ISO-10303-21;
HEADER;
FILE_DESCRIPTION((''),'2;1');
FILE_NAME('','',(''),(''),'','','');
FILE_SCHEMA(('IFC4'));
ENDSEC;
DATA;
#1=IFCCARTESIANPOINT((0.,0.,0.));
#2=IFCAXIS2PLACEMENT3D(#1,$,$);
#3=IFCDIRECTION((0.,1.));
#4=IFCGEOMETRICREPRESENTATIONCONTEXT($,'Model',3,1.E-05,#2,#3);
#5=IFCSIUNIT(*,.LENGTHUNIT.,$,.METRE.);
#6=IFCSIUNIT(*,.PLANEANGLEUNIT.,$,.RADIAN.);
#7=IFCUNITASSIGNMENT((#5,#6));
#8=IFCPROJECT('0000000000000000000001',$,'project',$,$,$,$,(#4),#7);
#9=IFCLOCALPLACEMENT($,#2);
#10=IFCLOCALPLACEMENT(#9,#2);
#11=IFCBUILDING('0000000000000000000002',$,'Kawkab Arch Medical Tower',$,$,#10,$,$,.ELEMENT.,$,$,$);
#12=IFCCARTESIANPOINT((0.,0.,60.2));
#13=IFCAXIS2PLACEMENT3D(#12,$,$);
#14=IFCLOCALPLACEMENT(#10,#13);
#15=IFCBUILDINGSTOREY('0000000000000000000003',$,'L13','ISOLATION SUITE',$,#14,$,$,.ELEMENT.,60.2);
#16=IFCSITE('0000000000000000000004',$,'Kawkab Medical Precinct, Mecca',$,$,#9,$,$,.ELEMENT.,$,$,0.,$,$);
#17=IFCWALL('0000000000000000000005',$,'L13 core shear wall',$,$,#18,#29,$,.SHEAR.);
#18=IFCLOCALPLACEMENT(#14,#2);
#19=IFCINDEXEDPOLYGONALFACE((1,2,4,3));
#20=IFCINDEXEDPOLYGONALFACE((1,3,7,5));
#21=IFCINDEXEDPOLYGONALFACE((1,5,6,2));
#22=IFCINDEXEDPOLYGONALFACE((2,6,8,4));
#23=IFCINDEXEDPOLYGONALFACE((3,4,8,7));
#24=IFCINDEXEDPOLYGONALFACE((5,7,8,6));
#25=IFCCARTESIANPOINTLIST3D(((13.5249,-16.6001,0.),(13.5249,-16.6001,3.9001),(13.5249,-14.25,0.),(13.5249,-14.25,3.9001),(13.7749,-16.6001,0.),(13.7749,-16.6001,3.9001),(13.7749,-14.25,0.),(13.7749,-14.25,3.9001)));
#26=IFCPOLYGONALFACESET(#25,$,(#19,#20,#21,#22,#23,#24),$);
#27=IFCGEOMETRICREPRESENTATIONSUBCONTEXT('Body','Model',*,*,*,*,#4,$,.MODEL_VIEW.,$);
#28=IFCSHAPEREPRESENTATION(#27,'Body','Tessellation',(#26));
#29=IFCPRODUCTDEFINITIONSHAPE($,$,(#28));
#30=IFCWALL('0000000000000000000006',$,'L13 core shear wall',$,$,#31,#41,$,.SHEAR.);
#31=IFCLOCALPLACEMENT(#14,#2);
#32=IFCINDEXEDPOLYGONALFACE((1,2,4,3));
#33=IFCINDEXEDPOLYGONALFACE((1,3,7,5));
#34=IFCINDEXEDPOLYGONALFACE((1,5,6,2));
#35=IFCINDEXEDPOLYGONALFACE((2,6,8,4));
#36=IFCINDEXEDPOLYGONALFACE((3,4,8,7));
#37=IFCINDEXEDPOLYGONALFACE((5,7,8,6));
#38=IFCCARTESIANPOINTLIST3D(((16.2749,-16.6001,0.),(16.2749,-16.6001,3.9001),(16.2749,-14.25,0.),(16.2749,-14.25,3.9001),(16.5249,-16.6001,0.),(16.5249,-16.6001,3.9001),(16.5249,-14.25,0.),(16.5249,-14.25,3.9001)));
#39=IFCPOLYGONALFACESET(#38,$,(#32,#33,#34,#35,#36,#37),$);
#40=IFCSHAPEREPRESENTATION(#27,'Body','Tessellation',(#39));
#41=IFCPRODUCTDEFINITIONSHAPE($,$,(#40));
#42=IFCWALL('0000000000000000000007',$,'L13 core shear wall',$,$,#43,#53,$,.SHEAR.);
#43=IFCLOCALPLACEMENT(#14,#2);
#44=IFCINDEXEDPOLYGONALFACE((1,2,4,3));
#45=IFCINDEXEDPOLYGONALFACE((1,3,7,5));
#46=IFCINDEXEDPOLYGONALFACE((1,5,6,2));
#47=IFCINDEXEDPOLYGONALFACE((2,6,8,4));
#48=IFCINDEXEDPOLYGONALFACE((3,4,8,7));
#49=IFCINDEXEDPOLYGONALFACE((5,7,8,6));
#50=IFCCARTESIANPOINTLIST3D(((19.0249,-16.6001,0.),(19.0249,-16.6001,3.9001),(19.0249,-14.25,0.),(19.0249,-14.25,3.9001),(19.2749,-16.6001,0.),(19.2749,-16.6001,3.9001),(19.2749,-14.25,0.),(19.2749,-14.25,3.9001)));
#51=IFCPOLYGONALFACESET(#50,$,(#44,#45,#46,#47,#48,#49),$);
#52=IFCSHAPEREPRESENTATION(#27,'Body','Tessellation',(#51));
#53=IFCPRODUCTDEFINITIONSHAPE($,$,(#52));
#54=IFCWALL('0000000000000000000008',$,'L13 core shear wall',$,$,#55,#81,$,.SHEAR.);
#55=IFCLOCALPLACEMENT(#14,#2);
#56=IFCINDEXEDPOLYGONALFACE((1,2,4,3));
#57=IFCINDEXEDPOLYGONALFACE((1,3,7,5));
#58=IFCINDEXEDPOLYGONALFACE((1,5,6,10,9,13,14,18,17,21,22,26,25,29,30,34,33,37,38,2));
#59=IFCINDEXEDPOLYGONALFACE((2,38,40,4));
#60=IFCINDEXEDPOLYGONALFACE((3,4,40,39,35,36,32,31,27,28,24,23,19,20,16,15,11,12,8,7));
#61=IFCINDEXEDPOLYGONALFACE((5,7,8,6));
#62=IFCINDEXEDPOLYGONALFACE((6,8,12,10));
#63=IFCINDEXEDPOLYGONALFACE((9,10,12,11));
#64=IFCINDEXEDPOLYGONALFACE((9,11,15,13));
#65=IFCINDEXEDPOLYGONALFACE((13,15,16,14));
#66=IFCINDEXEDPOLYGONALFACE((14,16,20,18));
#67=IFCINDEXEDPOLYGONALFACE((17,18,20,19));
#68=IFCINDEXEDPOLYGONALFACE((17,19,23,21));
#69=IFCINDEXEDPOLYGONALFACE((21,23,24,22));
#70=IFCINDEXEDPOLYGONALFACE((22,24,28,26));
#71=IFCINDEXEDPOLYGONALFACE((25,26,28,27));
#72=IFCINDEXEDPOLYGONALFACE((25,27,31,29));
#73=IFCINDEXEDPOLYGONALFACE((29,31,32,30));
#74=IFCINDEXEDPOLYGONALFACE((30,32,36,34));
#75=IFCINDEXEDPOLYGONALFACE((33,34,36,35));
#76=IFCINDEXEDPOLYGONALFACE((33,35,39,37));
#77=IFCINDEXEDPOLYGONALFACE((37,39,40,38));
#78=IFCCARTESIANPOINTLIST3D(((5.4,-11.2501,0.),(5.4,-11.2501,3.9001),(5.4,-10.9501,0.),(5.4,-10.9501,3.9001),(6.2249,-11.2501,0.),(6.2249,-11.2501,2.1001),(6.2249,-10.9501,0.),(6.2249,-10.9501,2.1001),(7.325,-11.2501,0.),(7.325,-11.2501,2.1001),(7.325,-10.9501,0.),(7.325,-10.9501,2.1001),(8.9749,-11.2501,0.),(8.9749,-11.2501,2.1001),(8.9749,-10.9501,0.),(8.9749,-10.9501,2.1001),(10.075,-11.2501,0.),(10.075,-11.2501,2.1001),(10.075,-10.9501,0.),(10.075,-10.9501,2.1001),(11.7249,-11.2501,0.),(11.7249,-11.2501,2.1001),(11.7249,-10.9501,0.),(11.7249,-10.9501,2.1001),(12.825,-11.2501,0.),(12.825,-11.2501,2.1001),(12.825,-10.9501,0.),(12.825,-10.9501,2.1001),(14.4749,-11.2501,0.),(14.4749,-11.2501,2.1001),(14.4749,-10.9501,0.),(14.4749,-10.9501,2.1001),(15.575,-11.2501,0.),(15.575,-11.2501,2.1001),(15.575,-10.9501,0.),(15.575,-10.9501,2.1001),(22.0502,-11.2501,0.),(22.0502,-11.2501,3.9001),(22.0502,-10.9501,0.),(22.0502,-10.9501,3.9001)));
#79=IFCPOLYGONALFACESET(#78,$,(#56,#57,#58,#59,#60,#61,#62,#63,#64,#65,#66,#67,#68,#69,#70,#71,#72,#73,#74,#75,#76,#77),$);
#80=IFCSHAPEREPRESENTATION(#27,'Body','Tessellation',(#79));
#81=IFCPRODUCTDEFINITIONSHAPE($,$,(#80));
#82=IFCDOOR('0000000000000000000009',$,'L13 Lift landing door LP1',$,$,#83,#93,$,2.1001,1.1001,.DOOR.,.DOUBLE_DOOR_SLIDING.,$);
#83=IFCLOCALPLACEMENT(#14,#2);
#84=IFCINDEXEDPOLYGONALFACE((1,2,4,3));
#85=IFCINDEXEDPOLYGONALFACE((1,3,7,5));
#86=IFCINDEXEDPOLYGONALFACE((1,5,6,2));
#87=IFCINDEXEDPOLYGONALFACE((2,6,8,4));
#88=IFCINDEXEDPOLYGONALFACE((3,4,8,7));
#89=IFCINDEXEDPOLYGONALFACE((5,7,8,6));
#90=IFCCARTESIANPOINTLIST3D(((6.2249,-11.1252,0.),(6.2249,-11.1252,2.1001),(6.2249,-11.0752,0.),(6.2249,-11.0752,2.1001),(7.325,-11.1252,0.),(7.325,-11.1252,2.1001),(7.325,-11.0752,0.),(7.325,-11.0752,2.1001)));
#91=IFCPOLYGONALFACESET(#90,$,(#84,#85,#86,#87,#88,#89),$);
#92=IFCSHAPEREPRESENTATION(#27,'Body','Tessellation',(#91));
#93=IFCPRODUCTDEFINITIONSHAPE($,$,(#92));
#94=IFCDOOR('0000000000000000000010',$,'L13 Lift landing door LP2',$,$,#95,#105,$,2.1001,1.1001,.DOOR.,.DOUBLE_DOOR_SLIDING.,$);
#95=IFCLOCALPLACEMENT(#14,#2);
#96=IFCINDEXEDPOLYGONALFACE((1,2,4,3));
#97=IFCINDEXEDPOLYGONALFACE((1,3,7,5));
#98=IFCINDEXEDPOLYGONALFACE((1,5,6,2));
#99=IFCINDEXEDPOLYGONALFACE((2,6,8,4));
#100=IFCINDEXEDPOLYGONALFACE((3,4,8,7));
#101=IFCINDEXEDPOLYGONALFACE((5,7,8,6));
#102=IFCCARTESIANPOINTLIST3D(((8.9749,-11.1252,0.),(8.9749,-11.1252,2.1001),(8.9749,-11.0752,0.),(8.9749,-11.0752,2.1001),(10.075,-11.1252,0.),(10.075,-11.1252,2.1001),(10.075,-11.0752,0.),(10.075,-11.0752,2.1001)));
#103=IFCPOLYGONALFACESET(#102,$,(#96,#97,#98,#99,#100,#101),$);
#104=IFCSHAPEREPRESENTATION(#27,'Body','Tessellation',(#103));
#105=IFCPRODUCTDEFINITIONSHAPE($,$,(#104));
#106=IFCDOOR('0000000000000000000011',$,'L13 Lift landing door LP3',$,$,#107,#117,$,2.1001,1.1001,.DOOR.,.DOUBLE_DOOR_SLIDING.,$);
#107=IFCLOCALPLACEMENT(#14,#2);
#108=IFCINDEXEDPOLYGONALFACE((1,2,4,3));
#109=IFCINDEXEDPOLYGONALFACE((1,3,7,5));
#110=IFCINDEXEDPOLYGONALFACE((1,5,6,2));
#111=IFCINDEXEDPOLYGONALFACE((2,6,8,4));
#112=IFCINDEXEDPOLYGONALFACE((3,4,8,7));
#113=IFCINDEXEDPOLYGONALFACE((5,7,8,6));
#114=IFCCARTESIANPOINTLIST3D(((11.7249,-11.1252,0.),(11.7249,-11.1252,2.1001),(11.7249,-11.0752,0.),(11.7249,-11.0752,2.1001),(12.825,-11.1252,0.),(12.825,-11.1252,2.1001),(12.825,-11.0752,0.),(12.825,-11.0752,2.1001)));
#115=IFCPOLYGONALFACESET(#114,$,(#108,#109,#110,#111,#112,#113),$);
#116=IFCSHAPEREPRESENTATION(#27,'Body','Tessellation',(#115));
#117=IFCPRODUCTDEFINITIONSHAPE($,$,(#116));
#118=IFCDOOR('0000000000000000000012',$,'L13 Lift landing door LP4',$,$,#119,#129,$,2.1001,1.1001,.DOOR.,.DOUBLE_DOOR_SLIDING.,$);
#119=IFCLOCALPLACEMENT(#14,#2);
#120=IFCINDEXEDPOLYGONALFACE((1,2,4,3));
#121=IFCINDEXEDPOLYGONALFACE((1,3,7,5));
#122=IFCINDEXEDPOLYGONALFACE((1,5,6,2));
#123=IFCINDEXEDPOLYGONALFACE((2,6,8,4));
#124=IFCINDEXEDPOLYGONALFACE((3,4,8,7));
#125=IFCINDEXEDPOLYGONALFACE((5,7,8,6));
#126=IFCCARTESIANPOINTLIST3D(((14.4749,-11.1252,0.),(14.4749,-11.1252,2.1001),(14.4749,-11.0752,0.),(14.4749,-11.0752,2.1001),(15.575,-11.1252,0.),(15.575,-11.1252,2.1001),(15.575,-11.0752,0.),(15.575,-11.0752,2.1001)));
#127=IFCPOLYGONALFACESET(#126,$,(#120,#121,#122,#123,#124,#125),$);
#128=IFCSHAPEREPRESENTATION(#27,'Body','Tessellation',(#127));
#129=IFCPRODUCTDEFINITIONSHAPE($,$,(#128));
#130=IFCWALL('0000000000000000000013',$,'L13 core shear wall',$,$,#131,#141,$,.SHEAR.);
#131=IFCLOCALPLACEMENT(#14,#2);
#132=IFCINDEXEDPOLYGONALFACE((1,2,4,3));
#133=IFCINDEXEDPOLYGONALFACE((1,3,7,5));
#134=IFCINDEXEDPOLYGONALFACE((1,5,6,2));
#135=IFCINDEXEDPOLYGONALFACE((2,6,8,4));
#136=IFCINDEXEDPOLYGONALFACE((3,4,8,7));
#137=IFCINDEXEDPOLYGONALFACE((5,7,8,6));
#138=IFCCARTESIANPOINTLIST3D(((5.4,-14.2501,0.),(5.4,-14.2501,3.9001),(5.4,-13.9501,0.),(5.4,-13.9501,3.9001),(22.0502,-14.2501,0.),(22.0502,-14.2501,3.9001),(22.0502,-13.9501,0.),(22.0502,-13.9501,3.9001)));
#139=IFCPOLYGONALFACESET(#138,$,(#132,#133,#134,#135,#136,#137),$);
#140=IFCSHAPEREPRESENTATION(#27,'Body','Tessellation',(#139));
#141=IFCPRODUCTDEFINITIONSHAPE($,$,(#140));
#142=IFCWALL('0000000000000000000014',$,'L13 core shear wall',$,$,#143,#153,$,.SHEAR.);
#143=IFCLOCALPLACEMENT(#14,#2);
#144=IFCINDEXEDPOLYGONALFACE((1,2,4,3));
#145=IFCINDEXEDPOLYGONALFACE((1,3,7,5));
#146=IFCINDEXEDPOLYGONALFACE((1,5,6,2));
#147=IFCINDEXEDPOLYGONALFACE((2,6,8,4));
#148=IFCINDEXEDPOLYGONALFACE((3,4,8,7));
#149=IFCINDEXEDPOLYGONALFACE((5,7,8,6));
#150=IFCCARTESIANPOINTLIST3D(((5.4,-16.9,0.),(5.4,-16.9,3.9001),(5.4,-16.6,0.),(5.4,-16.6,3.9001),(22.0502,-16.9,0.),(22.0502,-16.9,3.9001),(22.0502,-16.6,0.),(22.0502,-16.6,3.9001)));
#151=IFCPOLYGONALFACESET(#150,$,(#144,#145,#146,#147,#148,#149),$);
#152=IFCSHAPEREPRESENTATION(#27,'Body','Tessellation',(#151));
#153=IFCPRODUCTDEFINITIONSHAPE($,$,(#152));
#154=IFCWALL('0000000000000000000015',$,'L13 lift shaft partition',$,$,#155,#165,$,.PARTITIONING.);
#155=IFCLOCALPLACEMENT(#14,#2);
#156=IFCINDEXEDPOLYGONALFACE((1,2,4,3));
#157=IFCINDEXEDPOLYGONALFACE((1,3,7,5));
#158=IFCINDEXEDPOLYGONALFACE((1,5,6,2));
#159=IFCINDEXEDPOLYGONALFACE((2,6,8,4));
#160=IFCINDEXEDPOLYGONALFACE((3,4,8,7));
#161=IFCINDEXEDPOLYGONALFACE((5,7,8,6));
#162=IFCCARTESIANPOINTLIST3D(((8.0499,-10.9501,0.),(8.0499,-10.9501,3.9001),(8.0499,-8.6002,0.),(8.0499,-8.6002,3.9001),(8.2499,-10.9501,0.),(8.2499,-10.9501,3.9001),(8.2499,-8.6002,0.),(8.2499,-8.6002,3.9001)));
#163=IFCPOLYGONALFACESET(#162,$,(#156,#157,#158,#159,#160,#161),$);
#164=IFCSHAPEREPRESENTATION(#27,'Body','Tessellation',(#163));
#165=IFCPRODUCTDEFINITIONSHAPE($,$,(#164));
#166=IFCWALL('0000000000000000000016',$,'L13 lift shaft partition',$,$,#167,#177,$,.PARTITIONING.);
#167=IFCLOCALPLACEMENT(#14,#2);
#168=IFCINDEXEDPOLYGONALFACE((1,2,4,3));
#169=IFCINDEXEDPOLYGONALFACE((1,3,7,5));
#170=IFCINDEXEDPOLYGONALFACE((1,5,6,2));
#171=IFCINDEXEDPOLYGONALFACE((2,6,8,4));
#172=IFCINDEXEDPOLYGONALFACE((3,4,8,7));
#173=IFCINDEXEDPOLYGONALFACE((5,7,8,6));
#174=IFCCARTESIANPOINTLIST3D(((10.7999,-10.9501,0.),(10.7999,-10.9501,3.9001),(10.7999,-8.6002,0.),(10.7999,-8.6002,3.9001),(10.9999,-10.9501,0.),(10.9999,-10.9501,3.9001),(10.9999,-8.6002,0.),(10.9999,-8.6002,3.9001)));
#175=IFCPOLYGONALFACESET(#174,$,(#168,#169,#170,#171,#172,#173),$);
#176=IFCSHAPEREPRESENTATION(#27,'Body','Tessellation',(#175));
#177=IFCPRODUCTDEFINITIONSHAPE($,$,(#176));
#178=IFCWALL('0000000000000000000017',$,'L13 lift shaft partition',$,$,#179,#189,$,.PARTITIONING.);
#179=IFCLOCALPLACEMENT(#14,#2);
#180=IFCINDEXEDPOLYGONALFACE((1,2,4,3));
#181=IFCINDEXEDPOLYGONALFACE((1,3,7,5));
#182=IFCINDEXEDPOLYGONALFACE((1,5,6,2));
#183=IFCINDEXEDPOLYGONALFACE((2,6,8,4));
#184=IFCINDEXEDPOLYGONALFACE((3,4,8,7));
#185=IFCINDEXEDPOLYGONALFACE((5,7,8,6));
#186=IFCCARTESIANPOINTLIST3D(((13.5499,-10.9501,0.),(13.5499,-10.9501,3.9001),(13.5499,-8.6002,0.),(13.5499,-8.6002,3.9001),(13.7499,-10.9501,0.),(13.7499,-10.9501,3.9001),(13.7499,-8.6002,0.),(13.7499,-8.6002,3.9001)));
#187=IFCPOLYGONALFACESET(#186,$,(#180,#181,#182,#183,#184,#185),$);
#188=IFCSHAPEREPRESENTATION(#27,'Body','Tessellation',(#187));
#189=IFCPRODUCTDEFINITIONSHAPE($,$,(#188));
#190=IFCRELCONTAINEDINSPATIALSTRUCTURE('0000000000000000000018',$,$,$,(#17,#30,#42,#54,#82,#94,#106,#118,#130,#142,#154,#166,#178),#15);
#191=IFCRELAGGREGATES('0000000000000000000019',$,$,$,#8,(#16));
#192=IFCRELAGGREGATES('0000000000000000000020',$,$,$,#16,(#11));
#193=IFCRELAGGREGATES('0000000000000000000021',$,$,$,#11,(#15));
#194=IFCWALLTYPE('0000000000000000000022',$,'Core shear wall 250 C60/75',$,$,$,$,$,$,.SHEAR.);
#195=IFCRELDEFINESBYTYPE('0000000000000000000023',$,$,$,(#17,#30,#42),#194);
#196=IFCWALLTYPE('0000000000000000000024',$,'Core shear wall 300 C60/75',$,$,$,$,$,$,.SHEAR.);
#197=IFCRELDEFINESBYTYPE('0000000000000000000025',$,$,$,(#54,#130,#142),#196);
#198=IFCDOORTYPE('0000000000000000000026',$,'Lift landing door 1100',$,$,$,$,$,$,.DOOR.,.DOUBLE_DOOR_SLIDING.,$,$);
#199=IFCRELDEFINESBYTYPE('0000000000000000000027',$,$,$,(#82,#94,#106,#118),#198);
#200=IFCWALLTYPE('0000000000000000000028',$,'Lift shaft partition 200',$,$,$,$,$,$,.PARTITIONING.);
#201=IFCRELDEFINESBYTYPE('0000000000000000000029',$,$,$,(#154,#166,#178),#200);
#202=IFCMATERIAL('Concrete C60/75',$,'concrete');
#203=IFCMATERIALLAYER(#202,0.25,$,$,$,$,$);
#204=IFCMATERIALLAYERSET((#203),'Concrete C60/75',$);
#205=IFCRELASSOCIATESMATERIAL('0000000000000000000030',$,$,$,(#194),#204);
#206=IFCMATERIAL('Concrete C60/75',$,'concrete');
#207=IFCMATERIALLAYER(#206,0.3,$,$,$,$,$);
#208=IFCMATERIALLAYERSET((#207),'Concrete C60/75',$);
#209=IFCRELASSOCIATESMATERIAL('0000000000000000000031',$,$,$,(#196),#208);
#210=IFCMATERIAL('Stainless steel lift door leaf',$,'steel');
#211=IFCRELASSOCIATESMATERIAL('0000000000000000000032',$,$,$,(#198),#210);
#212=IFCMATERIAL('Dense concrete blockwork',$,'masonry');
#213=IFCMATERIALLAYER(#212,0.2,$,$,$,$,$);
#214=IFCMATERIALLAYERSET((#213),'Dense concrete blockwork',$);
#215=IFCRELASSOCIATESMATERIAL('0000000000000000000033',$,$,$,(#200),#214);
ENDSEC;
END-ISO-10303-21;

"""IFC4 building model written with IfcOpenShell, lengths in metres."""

from ifc_helpers import new_model, si_unit, direction, frame, frame_2d, origin, place, context, subcontext, project, spatial, rectangle, extrude, material, layer, layer_set, type_object, element, fill, save


model = new_model("IFC4")

# Units and contexts
model_context = context("Model", 3, precision=1e-05, world=origin(), true_north=direction((0.0, 1.0)))
body_context = subcontext(model_context, "Body", "Model", "MODEL_VIEW")
ifc_project = project(units=[si_unit("LENGTHUNIT", "METRE"), si_unit("PLANEANGLEUNIT", "RADIAN")], contexts=[model_context])

# Site, building, storey
site_placement = place(None, origin())
site = spatial("IfcSite", under=ifc_project, at=site_placement, Name="Kawkab Medical Precinct, Mecca", CompositionType="ELEMENT", RefElevation=0.0)
building_placement = place(site_placement, origin())
building = spatial("IfcBuilding", under=site, at=building_placement, Name="Kawkab Arch Medical Tower", CompositionType="ELEMENT")
storey_placement = place(building_placement, frame((0.0, 0.0, 60.2)))
storey = spatial("IfcBuildingStorey", under=building, at=storey_placement, Name="L13", Description="ISOLATION SUITE", CompositionType="ELEMENT", Elevation=60.2)

# Walls
ifc_material_1 = material(Name="Concrete C60/75", Category="concrete")
ifc_layer_1 = layer(ifc_material_1, 0.25)
ifc_layer_set_1 = layer_set([ifc_layer_1], Name="Concrete C60/75")
wall_type_1 = type_object("IfcWallType", Name="Core shear wall 250 C60/75", PredefinedType="SHEAR", material=ifc_layer_set_1)
for number, where, z_axis, x_axis, name in (
    (1, (13.6499, -16.6001, 0.0), (0.0, 0.0, 1.0), (0.0, 1.0, 0.0), "L13 core shear wall"),
    (2, (16.3999, -16.6001, 0.0), (0.0, 0.0, 1.0), (0.0, 1.0, 0.0), "L13 core shear wall"),
    (3, (19.1499, -16.6001, 0.0), (0.0, 0.0, 1.0), (0.0, 1.0, 0.0), "L13 core shear wall"),
):
    element("IfcWall", number, at=place(storey_placement, frame(where, z_axis=z_axis, x_axis=x_axis)), inside=storey, type_object=wall_type_1, Name=name, PredefinedType="SHEAR", context=body_context, shape_type="SweptSolid", body=[
        extrude(rectangle(XDim=2.3501, YDim=0.25, at=frame_2d((1.175, 0.0))), origin(), (0.0, 0.0, 1.0), 3.9001),
    ])

# Wall, openings, doors
ifc_material_2 = material(Name="Concrete C60/75", Category="concrete")
ifc_layer_2 = layer(ifc_material_2, 0.3)
ifc_layer_set_2 = layer_set([ifc_layer_2], Name="Concrete C60/75")
wall_type_2 = type_object("IfcWallType", Name="Core shear wall 300 C60/75", PredefinedType="SHEAR", material=ifc_layer_set_2)
wall_placement = place(storey_placement, frame((5.3999, -11.1001, 0.0), z_axis=(0.0, 0.0, 1.0), x_axis=(1.0, 0.0, 0.0)))
wall = element("IfcWall", 4, at=wall_placement, inside=storey, type_object=wall_type_2, Name="L13 core shear wall", PredefinedType="SHEAR", context=body_context, shape_type="SweptSolid", body=[
    extrude(rectangle(XDim=16.6501, YDim=0.3, at=frame_2d((8.3252, 0.0))), origin(), (0.0, 0.0, 1.0), 3.9001),
])
opening_1_placement = place(wall_placement, frame((0.825, 0.0, 0.0)))
opening_1 = element("IfcOpeningElement", 5, at=opening_1_placement, cuts=wall, PredefinedType="OPENING", context=body_context, shape_type="SweptSolid", body=[
    extrude(rectangle(XDim=1.1001, YDim=2.1001, at=frame_2d((0.55, 1.05))), frame((0.0, 0.1599, 0.0), z_axis=(0.0, -1.0, 0.0), x_axis=(1.0, 0.0, 0.0)), (0.0, 0.0, 1.0), 0.3201),
])
opening_2_placement = place(wall_placement, frame((3.575, 0.0, 0.0)))
opening_2 = element("IfcOpeningElement", 6, at=opening_2_placement, cuts=wall, PredefinedType="OPENING", context=body_context, shape_type="SweptSolid", body=[
    extrude(rectangle(XDim=1.1001, YDim=2.1001, at=frame_2d((0.55, 1.05))), frame((0.0, 0.1599, 0.0), z_axis=(0.0, -1.0, 0.0), x_axis=(1.0, 0.0, 0.0)), (0.0, 0.0, 1.0), 0.3201),
])
opening_3_placement = place(wall_placement, frame((6.325, 0.0, 0.0)))
opening_3 = element("IfcOpeningElement", 7, at=opening_3_placement, cuts=wall, PredefinedType="OPENING", context=body_context, shape_type="SweptSolid", body=[
    extrude(rectangle(XDim=1.1001, YDim=2.1001, at=frame_2d((0.55, 1.05))), frame((0.0, 0.1599, 0.0), z_axis=(0.0, -1.0, 0.0), x_axis=(1.0, 0.0, 0.0)), (0.0, 0.0, 1.0), 0.3201),
])
opening_4_placement = place(wall_placement, frame((9.075, 0.0, 0.0)))
opening_4 = element("IfcOpeningElement", 8, at=opening_4_placement, cuts=wall, PredefinedType="OPENING", context=body_context, shape_type="SweptSolid", body=[
    extrude(rectangle(XDim=1.1001, YDim=2.1001, at=frame_2d((0.55, 1.05))), frame((0.0, 0.1599, 0.0), z_axis=(0.0, -1.0, 0.0), x_axis=(1.0, 0.0, 0.0)), (0.0, 0.0, 1.0), 0.3201),
])
ifc_material_3 = material(Name="Stainless steel lift door leaf", Category="steel")
door_type = type_object("IfcDoorType", Name="Lift landing door 1100", OperationType="DOUBLE_DOOR_SLIDING", PredefinedType="DOOR", material=ifc_material_3)
door_1_placement = place(opening_1_placement, origin())
door_1 = element("IfcDoor", 9, at=door_1_placement, inside=storey, type_object=door_type, Name="L13 Lift landing door LP1", OperationType="DOUBLE_DOOR_SLIDING", OverallHeight=2.1001, OverallWidth=1.1001, PredefinedType="DOOR", context=body_context, shape_type="SweptSolid", body=[
    extrude(rectangle(XDim=1.1001, YDim=2.1001, at=frame_2d((0.55, 1.05))), frame((0.0, 0.0249, 0.0), z_axis=(0.0, -1.0, 0.0), x_axis=(1.0, 0.0, 0.0)), (0.0, 0.0, 1.0), 0.05),
])
fill(opening_1, door_1)
door_2_placement = place(opening_2_placement, origin())
door_2 = element("IfcDoor", 10, at=door_2_placement, inside=storey, type_object=door_type, Name="L13 Lift landing door LP2", OperationType="DOUBLE_DOOR_SLIDING", OverallHeight=2.1001, OverallWidth=1.1001, PredefinedType="DOOR", context=body_context, shape_type="SweptSolid", body=[
    extrude(rectangle(XDim=1.1001, YDim=2.1001, at=frame_2d((0.55, 1.05))), frame((0.0, 0.0249, 0.0), z_axis=(0.0, -1.0, 0.0), x_axis=(1.0, 0.0, 0.0)), (0.0, 0.0, 1.0), 0.05),
])
fill(opening_2, door_2)
door_3_placement = place(opening_3_placement, origin())
door_3 = element("IfcDoor", 11, at=door_3_placement, inside=storey, type_object=door_type, Name="L13 Lift landing door LP3", OperationType="DOUBLE_DOOR_SLIDING", OverallHeight=2.1001, OverallWidth=1.1001, PredefinedType="DOOR", context=body_context, shape_type="SweptSolid", body=[
    extrude(rectangle(XDim=1.1001, YDim=2.1001, at=frame_2d((0.55, 1.05))), frame((0.0, 0.0249, 0.0), z_axis=(0.0, -1.0, 0.0), x_axis=(1.0, 0.0, 0.0)), (0.0, 0.0, 1.0), 0.05),
])
fill(opening_3, door_3)
door_4_placement = place(opening_4_placement, origin())
door_4 = element("IfcDoor", 12, at=door_4_placement, inside=storey, type_object=door_type, Name="L13 Lift landing door LP4", OperationType="DOUBLE_DOOR_SLIDING", OverallHeight=2.1001, OverallWidth=1.1001, PredefinedType="DOOR", context=body_context, shape_type="SweptSolid", body=[
    extrude(rectangle(XDim=1.1001, YDim=2.1001, at=frame_2d((0.55, 1.05))), frame((0.0, 0.0249, 0.0), z_axis=(0.0, -1.0, 0.0), x_axis=(1.0, 0.0, 0.0)), (0.0, 0.0, 1.0), 0.05),
])
fill(opening_4, door_4)

# Walls
for number, where, z_axis, x_axis, name in (
    (13, (5.3999, -14.1001, 0.0), (0.0, 0.0, 1.0), (1.0, 0.0, 0.0), "L13 core shear wall"),
    (14, (5.3999, -16.75, 0.0), (0.0, 0.0, 1.0), (1.0, 0.0, 0.0), "L13 core shear wall"),
):
    element("IfcWall", number, at=place(storey_placement, frame(where, z_axis=z_axis, x_axis=x_axis)), inside=storey, type_object=wall_type_2, Name=name, PredefinedType="SHEAR", context=body_context, shape_type="SweptSolid", body=[
        extrude(rectangle(XDim=16.6501, YDim=0.3, at=frame_2d((8.3252, 0.0))), origin(), (0.0, 0.0, 1.0), 3.9001),
    ])
ifc_material_4 = material(Name="Dense concrete blockwork", Category="masonry")
ifc_layer_3 = layer(ifc_material_4, 0.2)
ifc_layer_set_3 = layer_set([ifc_layer_3], Name="Dense concrete blockwork")
wall_type_3 = type_object("IfcWallType", Name="Lift shaft partition 200", PredefinedType="PARTITIONING", material=ifc_layer_set_3)
for number, where, z_axis, x_axis, name in (
    (15, (8.1499, -10.95, 0.0), (0.0, 0.0, 1.0), (0.0, 1.0, 0.0), "L13 lift shaft partition"),
    (16, (10.8999, -10.95, 0.0), (0.0, 0.0, 1.0), (0.0, 1.0, 0.0), "L13 lift shaft partition"),
    (17, (13.6499, -10.95, 0.0), (0.0, 0.0, 1.0), (0.0, 1.0, 0.0), "L13 lift shaft partition"),
):
    element("IfcWall", number, at=place(storey_placement, frame(where, z_axis=z_axis, x_axis=x_axis)), inside=storey, type_object=wall_type_3, Name=name, PredefinedType="PARTITIONING", context=body_context, shape_type="SweptSolid", body=[
        extrude(rectangle(XDim=2.3499, YDim=0.2, at=frame_2d((1.1748, 0.0))), origin(), (0.0, 0.0, 1.0), 3.9001),
    ])

save(model, "model.ifc")
